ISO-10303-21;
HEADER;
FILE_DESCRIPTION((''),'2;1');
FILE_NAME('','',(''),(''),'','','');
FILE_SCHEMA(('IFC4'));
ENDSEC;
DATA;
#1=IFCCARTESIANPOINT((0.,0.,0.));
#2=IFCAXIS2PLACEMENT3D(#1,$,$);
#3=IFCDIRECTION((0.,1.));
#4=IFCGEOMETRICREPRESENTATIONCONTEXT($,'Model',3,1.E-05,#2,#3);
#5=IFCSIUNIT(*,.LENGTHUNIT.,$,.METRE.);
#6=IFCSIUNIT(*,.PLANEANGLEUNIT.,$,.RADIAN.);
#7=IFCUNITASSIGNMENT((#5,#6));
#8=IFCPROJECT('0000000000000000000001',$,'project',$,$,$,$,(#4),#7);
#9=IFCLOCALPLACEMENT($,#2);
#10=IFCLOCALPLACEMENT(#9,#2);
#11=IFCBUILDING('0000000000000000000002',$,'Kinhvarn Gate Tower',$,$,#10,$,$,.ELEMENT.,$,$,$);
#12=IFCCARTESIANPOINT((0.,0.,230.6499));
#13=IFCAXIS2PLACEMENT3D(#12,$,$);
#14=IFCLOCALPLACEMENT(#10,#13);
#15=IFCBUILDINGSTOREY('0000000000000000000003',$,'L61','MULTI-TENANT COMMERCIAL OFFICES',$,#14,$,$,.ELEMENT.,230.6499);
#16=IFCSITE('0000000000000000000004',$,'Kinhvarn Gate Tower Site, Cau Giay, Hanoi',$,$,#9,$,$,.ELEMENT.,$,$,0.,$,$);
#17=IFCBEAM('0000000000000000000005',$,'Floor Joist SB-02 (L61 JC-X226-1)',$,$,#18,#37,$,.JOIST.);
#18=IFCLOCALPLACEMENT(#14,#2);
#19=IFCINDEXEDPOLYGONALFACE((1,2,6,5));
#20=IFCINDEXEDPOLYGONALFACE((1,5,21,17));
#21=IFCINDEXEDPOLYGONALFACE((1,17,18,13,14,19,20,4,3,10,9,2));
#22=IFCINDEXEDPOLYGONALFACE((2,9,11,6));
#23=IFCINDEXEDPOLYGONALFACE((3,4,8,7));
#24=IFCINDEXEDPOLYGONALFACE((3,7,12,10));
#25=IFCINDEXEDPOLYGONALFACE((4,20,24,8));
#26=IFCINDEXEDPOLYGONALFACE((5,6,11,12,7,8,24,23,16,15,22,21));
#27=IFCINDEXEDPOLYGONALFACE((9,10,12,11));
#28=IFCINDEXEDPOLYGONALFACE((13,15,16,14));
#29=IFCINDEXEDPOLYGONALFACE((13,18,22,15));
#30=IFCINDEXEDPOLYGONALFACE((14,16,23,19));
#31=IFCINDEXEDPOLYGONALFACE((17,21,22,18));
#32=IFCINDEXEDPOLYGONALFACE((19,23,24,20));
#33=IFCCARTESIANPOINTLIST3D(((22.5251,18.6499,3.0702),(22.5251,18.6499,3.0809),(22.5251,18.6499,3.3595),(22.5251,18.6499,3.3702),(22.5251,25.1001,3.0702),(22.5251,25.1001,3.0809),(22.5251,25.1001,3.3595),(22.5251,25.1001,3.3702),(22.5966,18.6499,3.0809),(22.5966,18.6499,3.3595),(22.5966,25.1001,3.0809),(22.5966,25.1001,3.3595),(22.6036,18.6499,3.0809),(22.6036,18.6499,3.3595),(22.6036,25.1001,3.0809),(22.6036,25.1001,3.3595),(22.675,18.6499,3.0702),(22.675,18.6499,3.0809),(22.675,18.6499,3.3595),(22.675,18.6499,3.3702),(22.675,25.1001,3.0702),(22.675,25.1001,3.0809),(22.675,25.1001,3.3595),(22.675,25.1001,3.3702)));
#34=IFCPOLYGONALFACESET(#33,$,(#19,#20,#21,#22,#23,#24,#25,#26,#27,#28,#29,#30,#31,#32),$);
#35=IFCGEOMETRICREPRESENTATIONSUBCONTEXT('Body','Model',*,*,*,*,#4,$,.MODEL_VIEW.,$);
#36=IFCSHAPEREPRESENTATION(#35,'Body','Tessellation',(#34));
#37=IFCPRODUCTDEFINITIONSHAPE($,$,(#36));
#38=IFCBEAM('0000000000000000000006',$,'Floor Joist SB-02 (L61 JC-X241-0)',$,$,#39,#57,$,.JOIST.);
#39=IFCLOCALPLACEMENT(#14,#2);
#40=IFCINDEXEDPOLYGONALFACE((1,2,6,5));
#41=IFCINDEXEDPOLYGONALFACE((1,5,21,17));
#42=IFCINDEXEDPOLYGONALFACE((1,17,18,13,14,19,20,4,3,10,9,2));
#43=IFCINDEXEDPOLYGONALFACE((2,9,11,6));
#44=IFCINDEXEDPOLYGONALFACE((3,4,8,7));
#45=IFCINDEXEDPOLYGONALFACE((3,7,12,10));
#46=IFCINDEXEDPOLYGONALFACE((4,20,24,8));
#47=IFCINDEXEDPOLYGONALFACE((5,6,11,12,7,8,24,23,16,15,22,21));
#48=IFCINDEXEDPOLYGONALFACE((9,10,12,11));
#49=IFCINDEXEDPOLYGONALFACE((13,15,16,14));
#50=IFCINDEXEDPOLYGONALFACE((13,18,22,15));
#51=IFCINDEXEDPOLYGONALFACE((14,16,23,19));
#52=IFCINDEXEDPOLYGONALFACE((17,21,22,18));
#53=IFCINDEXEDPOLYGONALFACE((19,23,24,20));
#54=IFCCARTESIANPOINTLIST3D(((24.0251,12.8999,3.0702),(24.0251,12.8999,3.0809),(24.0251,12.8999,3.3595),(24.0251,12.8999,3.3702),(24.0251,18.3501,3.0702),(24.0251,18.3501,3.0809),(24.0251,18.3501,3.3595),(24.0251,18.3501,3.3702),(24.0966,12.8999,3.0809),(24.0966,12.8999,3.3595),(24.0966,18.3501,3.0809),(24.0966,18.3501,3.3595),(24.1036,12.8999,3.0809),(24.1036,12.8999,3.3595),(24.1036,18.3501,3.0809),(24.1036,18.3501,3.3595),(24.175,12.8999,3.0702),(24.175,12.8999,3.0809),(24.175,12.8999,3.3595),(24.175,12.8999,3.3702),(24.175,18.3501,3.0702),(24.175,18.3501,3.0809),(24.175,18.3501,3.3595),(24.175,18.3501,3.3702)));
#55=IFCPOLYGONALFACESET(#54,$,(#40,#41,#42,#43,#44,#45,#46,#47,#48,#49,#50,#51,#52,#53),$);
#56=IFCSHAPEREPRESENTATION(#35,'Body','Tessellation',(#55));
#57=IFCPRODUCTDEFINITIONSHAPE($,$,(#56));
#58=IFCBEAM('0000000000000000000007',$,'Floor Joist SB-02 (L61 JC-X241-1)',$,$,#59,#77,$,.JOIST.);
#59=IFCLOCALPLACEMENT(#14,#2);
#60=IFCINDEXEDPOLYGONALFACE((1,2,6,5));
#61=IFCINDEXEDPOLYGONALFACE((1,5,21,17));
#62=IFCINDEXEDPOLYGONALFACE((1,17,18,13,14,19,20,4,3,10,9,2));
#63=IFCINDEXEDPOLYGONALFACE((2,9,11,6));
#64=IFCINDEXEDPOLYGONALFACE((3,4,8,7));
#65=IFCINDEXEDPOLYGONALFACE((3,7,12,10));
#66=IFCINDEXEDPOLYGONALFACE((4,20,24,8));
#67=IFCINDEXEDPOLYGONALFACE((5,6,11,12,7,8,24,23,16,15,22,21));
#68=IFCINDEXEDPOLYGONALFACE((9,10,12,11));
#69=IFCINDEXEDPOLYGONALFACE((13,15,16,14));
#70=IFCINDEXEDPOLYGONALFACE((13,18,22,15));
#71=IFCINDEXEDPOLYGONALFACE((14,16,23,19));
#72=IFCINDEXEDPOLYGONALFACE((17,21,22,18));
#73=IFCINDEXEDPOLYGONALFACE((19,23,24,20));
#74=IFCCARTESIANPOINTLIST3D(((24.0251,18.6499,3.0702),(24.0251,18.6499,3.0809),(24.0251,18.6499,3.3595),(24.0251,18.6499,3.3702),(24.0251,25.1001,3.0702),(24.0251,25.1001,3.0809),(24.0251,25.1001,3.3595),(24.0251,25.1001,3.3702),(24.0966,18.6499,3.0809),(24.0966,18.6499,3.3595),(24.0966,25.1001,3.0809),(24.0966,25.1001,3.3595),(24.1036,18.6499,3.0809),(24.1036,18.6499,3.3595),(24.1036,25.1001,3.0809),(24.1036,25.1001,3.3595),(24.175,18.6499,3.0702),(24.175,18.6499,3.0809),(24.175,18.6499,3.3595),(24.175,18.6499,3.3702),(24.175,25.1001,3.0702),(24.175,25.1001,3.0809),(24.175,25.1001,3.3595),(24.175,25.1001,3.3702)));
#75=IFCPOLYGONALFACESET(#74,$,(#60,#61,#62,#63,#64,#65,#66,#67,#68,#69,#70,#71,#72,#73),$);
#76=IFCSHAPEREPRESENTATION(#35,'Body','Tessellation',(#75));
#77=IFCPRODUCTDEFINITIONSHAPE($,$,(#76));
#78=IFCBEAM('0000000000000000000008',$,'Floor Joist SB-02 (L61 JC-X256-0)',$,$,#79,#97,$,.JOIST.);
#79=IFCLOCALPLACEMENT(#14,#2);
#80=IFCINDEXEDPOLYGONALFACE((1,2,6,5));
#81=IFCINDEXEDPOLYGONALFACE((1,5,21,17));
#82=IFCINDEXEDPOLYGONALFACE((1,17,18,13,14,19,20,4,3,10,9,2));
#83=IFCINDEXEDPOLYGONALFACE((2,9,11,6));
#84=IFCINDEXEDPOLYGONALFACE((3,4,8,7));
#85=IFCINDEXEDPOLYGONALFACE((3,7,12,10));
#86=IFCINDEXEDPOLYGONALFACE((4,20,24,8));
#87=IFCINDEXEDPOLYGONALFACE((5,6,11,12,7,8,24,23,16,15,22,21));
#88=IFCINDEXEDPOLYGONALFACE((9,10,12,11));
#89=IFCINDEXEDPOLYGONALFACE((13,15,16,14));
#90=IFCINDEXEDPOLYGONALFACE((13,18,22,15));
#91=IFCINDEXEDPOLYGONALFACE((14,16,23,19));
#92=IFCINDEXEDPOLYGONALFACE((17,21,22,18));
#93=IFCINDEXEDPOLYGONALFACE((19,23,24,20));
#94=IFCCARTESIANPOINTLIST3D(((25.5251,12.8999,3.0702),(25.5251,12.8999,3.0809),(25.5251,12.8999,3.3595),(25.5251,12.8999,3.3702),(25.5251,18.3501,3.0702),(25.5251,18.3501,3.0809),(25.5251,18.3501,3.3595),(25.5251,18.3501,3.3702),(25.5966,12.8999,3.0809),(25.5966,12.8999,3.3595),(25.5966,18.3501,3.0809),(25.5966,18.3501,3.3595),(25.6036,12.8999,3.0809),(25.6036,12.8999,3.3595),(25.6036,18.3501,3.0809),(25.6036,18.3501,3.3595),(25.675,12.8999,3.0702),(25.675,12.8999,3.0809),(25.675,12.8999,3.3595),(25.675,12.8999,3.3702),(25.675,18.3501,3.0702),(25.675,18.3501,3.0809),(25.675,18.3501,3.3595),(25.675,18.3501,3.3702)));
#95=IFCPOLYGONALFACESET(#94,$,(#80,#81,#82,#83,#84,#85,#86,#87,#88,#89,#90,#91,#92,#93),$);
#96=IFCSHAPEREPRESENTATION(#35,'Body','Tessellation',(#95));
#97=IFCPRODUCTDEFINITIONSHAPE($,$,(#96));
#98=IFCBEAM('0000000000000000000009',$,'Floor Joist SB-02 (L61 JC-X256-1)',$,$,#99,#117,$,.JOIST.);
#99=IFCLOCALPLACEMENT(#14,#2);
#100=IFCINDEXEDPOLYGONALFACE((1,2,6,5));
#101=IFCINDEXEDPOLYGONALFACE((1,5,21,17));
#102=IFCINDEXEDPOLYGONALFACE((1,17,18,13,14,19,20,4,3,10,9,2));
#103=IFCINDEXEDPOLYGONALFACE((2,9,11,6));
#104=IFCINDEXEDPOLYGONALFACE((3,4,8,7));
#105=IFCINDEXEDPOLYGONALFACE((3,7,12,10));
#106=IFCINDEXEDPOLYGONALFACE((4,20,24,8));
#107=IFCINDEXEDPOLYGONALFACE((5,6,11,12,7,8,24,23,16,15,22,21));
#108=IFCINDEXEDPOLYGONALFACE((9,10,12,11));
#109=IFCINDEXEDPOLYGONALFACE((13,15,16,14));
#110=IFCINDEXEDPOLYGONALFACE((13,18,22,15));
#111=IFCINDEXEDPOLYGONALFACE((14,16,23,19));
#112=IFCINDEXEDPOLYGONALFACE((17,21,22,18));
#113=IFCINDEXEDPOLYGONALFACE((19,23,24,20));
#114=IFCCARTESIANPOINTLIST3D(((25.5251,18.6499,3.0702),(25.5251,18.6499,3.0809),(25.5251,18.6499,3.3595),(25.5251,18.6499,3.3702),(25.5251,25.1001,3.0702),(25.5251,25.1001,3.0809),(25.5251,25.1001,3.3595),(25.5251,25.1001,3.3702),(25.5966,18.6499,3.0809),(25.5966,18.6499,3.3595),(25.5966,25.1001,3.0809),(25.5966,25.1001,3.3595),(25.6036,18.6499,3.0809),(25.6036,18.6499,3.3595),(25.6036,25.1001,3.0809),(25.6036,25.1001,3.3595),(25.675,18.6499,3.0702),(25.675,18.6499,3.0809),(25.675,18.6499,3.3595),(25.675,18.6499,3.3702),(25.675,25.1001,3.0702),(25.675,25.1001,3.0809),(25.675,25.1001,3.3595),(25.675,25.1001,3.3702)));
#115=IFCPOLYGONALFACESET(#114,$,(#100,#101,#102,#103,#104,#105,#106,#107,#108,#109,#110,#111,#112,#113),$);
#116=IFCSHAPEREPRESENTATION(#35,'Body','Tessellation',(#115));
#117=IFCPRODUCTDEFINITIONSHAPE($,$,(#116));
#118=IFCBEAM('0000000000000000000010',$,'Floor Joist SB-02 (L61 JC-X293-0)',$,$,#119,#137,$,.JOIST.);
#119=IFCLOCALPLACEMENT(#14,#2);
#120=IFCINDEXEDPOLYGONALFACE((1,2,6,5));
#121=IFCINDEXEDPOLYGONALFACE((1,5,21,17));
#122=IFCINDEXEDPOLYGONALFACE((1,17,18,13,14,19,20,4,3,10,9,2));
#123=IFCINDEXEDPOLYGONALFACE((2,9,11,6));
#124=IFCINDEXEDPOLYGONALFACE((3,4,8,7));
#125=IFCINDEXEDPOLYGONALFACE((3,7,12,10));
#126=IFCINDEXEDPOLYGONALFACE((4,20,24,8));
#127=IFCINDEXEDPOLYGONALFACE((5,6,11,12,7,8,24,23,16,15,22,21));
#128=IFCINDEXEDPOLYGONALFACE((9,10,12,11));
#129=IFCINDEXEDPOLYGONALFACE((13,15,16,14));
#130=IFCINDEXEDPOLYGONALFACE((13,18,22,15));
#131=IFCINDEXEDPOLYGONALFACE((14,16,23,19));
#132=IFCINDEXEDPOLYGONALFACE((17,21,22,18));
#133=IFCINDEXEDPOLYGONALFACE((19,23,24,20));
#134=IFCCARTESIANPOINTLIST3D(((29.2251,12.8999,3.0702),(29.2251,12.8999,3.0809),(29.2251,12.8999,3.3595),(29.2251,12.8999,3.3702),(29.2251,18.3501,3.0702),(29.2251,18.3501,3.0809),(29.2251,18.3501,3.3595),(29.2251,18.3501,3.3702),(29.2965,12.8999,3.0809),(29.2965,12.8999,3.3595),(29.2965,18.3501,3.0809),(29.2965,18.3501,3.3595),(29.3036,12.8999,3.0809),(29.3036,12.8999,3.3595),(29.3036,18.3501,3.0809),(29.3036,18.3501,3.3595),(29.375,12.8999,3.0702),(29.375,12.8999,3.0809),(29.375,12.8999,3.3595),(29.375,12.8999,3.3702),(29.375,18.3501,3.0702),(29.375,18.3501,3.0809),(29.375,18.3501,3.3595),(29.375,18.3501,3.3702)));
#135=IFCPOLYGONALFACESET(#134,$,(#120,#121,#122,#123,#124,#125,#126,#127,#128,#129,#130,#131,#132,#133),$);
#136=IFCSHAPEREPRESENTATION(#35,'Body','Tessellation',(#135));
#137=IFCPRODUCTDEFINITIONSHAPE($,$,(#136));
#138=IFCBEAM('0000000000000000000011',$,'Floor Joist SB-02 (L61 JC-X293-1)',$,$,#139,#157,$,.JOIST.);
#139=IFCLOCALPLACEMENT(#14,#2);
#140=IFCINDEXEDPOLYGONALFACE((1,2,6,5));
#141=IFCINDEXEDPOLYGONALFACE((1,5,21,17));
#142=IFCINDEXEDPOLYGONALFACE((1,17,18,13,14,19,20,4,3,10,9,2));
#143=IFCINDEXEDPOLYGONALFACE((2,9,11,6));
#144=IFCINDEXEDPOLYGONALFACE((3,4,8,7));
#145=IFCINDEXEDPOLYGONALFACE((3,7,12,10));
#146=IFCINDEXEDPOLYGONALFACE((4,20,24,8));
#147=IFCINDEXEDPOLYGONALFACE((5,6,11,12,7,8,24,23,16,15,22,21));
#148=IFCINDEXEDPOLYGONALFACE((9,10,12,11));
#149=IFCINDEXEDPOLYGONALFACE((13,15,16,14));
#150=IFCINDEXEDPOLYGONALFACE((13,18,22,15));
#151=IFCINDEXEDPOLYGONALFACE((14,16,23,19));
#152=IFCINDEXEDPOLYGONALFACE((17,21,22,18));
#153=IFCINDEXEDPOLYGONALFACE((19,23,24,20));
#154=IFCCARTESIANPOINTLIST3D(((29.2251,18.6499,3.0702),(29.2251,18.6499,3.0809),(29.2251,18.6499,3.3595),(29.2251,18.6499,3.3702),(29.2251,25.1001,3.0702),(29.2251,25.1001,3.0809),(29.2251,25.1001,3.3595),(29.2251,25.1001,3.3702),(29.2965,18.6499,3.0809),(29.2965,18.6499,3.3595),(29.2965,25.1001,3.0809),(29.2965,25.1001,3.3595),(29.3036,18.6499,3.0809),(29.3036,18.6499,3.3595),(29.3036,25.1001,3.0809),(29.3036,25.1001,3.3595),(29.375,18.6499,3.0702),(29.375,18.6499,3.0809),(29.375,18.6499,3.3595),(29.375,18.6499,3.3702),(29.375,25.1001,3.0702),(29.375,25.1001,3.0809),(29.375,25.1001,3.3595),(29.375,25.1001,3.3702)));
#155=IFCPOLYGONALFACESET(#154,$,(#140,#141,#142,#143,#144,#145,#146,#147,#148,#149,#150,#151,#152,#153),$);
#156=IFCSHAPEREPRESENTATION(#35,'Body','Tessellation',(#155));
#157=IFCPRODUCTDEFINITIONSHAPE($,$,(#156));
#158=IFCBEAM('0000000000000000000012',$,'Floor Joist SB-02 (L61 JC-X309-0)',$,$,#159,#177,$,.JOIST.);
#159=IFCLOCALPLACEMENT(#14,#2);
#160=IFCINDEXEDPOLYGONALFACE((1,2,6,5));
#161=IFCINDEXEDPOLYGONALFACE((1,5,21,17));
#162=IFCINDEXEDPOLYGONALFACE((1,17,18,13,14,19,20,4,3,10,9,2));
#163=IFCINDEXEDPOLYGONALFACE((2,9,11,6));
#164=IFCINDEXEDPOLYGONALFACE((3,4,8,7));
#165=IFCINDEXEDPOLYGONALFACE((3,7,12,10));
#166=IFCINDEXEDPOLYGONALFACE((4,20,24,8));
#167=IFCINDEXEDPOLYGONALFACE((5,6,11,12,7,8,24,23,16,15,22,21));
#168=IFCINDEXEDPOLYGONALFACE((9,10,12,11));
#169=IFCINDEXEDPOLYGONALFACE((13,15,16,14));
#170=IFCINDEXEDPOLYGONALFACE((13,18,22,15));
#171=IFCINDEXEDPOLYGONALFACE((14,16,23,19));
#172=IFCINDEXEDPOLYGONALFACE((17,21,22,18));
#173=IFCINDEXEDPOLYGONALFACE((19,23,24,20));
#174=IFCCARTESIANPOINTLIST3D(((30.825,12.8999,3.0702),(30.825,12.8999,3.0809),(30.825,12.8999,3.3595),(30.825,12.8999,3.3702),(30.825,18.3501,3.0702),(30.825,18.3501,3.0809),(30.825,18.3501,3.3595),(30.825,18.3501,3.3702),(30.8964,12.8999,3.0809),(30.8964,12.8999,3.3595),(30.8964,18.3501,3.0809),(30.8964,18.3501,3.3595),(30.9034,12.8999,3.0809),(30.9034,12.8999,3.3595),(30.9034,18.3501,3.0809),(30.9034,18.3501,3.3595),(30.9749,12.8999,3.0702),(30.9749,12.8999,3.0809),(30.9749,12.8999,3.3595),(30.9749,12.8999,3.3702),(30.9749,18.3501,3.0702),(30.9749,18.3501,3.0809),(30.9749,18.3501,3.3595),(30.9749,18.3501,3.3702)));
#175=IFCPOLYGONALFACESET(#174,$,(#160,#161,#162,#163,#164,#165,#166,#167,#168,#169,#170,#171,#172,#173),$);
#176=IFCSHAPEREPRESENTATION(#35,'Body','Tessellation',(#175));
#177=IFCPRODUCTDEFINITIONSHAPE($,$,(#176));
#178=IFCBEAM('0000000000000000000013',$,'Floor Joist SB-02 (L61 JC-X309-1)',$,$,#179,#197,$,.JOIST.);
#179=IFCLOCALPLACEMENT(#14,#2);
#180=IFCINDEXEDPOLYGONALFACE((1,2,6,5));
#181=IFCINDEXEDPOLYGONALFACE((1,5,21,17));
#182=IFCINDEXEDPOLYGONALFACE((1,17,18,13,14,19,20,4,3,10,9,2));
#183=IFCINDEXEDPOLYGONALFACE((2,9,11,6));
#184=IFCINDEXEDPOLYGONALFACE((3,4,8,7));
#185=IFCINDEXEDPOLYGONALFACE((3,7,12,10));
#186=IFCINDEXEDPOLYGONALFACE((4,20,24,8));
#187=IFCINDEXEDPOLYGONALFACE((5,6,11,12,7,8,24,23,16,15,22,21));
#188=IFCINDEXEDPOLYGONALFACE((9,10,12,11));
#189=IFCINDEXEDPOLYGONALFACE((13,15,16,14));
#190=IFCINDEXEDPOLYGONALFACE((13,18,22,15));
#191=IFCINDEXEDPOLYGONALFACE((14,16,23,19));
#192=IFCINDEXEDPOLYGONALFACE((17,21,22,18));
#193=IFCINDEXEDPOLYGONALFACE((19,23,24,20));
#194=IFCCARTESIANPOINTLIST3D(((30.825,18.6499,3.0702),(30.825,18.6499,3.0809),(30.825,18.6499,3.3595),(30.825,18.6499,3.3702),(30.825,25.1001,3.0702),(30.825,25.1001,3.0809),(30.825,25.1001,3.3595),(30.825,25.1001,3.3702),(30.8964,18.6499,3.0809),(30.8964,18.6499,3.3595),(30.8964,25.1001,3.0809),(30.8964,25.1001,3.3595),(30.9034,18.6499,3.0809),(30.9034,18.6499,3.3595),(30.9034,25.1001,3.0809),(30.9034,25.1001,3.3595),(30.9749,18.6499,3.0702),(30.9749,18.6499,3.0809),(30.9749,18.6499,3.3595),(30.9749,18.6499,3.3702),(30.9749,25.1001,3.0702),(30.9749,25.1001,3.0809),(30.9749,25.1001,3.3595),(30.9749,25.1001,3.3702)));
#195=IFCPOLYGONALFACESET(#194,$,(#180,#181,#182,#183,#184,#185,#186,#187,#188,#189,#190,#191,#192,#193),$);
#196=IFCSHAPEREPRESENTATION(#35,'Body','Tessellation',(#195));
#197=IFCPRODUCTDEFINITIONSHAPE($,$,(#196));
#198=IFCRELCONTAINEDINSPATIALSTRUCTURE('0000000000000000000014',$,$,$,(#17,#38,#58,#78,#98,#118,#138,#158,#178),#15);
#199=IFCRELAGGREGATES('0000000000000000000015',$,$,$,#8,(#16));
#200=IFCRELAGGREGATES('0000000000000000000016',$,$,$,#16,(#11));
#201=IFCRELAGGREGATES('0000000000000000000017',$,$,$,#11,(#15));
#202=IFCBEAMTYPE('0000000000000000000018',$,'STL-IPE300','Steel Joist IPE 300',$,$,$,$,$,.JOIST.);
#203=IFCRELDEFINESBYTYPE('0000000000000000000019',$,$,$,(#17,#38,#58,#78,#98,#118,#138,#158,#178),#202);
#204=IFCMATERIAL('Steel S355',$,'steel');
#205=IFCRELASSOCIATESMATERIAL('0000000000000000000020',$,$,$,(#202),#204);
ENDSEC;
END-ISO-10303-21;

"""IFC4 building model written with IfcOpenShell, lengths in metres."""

from ifc_helpers import new_model, si_unit, direction, frame, origin, origin_2d, place, context, subcontext, project, spatial, i_section, extrude, material, material_profile, profile_set, type_object, element, save


model = new_model("IFC4")

# Units and contexts
model_context = context("Model", 3, precision=1e-05, world=origin(), true_north=direction((0.0, 1.0)))
body_context = subcontext(model_context, "Body", "Model", "MODEL_VIEW")
ifc_project = project(units=[si_unit("LENGTHUNIT", "METRE"), si_unit("PLANEANGLEUNIT", "RADIAN")], contexts=[model_context])

# Site, building, storey
site_placement = place(None, origin())
site = spatial("IfcSite", under=ifc_project, at=site_placement, Name="Kinhvarn Gate Tower Site, Cau Giay, Hanoi", CompositionType="ELEMENT", RefElevation=0.0)
building_placement = place(site_placement, origin())
building = spatial("IfcBuilding", under=site, at=building_placement, Name="Kinhvarn Gate Tower", CompositionType="ELEMENT")
storey_placement = place(building_placement, frame((0.0, 0.0, 230.6499)))
storey = spatial("IfcBuildingStorey", under=building, at=storey_placement, Name="L61", Description="MULTI-TENANT COMMERCIAL OFFICES", CompositionType="ELEMENT", Elevation=230.6499)

# Beams
ifc_material_1 = material(Name="Steel S355", Category="steel")
ifc_material_profile = material_profile(ifc_material_1, i_section(OverallWidth=0.1499, OverallDepth=0.3, WebThickness=0.0071, FlangeThickness=0.0107, at=origin_2d()), Name="IPE 300")
ifc_profile_set = profile_set([ifc_material_profile], Name="Steel S355")
beam_type = type_object("IfcBeamType", Name="STL-IPE300", Description="Steel Joist IPE 300", PredefinedType="JOIST", material=ifc_profile_set)
beam_1_placement = place(storey_placement, frame((22.6001, 18.6499, 3.2202), z_axis=(0.0, 1.0, 0.0), x_axis=(-1.0, 0.0, 0.0)))
element("IfcBeam", 1, at=beam_1_placement, inside=storey, type_object=beam_type, Name="Floor Joist SB-02 (L61 JC-X226-1)", PredefinedType="JOIST", context=body_context, shape_type="SweptSolid", body=[
    extrude(i_section(OverallWidth=0.1499, OverallDepth=0.3, WebThickness=0.0071, FlangeThickness=0.0107, at=origin_2d()), origin(), (0.0, 0.0, 1.0), 6.4502),
])
beam_2_placement = place(storey_placement, frame((24.1001, 12.8999, 3.2202), z_axis=(0.0, 1.0, 0.0), x_axis=(-1.0, 0.0, 0.0)))
element("IfcBeam", 2, at=beam_2_placement, inside=storey, type_object=beam_type, Name="Floor Joist SB-02 (L61 JC-X241-0)", PredefinedType="JOIST", context=body_context, shape_type="SweptSolid", body=[
    extrude(i_section(OverallWidth=0.1499, OverallDepth=0.3, WebThickness=0.0071, FlangeThickness=0.0107, at=origin_2d()), origin(), (0.0, 0.0, 1.0), 5.4502),
])
beam_3_placement = place(storey_placement, frame((24.1001, 18.6499, 3.2202), z_axis=(0.0, 1.0, 0.0), x_axis=(-1.0, 0.0, 0.0)))
element("IfcBeam", 3, at=beam_3_placement, inside=storey, type_object=beam_type, Name="Floor Joist SB-02 (L61 JC-X241-1)", PredefinedType="JOIST", context=body_context, shape_type="SweptSolid", body=[
    extrude(i_section(OverallWidth=0.1499, OverallDepth=0.3, WebThickness=0.0071, FlangeThickness=0.0107, at=origin_2d()), origin(), (0.0, 0.0, 1.0), 6.4502),
])
beam_4_placement = place(storey_placement, frame((25.6001, 12.8999, 3.2202), z_axis=(0.0, 1.0, 0.0), x_axis=(-1.0, 0.0, 0.0)))
element("IfcBeam", 4, at=beam_4_placement, inside=storey, type_object=beam_type, Name="Floor Joist SB-02 (L61 JC-X256-0)", PredefinedType="JOIST", context=body_context, shape_type="SweptSolid", body=[
    extrude(i_section(OverallWidth=0.1499, OverallDepth=0.3, WebThickness=0.0071, FlangeThickness=0.0107, at=origin_2d()), origin(), (0.0, 0.0, 1.0), 5.4502),
])
beam_5_placement = place(storey_placement, frame((25.6001, 18.6499, 3.2202), z_axis=(0.0, 1.0, 0.0), x_axis=(-1.0, 0.0, 0.0)))
element("IfcBeam", 5, at=beam_5_placement, inside=storey, type_object=beam_type, Name="Floor Joist SB-02 (L61 JC-X256-1)", PredefinedType="JOIST", context=body_context, shape_type="SweptSolid", body=[
    extrude(i_section(OverallWidth=0.1499, OverallDepth=0.3, WebThickness=0.0071, FlangeThickness=0.0107, at=origin_2d()), origin(), (0.0, 0.0, 1.0), 6.4502),
])
beam_6_placement = place(storey_placement, frame((29.3, 12.8999, 3.2202), z_axis=(0.0, 1.0, 0.0), x_axis=(-1.0, 0.0, 0.0)))
element("IfcBeam", 6, at=beam_6_placement, inside=storey, type_object=beam_type, Name="Floor Joist SB-02 (L61 JC-X293-0)", PredefinedType="JOIST", context=body_context, shape_type="SweptSolid", body=[
    extrude(i_section(OverallWidth=0.1499, OverallDepth=0.3, WebThickness=0.0071, FlangeThickness=0.0107, at=origin_2d()), origin(), (0.0, 0.0, 1.0), 5.4502),
])
beam_7_placement = place(storey_placement, frame((29.3, 18.6499, 3.2202), z_axis=(0.0, 1.0, 0.0), x_axis=(-1.0, 0.0, 0.0)))
element("IfcBeam", 7, at=beam_7_placement, inside=storey, type_object=beam_type, Name="Floor Joist SB-02 (L61 JC-X293-1)", PredefinedType="JOIST", context=body_context, shape_type="SweptSolid", body=[
    extrude(i_section(OverallWidth=0.1499, OverallDepth=0.3, WebThickness=0.0071, FlangeThickness=0.0107, at=origin_2d()), origin(), (0.0, 0.0, 1.0), 6.4502),
])
beam_8_placement = place(storey_placement, frame((30.8999, 12.8999, 3.2202), z_axis=(0.0, 1.0, 0.0), x_axis=(-1.0, 0.0, 0.0)))
element("IfcBeam", 8, at=beam_8_placement, inside=storey, type_object=beam_type, Name="Floor Joist SB-02 (L61 JC-X309-0)", PredefinedType="JOIST", context=body_context, shape_type="SweptSolid", body=[
    extrude(i_section(OverallWidth=0.1499, OverallDepth=0.3, WebThickness=0.0071, FlangeThickness=0.0107, at=origin_2d()), origin(), (0.0, 0.0, 1.0), 5.4502),
])
beam_9_placement = place(storey_placement, frame((30.8999, 18.6499, 3.2202), z_axis=(0.0, 1.0, 0.0), x_axis=(-1.0, 0.0, 0.0)))
element("IfcBeam", 9, at=beam_9_placement, inside=storey, type_object=beam_type, Name="Floor Joist SB-02 (L61 JC-X309-1)", PredefinedType="JOIST", context=body_context, shape_type="SweptSolid", body=[
    extrude(i_section(OverallWidth=0.1499, OverallDepth=0.3, WebThickness=0.0071, FlangeThickness=0.0107, at=origin_2d()), origin(), (0.0, 0.0, 1.0), 6.4502),
])

save(model, "model.ifc")
